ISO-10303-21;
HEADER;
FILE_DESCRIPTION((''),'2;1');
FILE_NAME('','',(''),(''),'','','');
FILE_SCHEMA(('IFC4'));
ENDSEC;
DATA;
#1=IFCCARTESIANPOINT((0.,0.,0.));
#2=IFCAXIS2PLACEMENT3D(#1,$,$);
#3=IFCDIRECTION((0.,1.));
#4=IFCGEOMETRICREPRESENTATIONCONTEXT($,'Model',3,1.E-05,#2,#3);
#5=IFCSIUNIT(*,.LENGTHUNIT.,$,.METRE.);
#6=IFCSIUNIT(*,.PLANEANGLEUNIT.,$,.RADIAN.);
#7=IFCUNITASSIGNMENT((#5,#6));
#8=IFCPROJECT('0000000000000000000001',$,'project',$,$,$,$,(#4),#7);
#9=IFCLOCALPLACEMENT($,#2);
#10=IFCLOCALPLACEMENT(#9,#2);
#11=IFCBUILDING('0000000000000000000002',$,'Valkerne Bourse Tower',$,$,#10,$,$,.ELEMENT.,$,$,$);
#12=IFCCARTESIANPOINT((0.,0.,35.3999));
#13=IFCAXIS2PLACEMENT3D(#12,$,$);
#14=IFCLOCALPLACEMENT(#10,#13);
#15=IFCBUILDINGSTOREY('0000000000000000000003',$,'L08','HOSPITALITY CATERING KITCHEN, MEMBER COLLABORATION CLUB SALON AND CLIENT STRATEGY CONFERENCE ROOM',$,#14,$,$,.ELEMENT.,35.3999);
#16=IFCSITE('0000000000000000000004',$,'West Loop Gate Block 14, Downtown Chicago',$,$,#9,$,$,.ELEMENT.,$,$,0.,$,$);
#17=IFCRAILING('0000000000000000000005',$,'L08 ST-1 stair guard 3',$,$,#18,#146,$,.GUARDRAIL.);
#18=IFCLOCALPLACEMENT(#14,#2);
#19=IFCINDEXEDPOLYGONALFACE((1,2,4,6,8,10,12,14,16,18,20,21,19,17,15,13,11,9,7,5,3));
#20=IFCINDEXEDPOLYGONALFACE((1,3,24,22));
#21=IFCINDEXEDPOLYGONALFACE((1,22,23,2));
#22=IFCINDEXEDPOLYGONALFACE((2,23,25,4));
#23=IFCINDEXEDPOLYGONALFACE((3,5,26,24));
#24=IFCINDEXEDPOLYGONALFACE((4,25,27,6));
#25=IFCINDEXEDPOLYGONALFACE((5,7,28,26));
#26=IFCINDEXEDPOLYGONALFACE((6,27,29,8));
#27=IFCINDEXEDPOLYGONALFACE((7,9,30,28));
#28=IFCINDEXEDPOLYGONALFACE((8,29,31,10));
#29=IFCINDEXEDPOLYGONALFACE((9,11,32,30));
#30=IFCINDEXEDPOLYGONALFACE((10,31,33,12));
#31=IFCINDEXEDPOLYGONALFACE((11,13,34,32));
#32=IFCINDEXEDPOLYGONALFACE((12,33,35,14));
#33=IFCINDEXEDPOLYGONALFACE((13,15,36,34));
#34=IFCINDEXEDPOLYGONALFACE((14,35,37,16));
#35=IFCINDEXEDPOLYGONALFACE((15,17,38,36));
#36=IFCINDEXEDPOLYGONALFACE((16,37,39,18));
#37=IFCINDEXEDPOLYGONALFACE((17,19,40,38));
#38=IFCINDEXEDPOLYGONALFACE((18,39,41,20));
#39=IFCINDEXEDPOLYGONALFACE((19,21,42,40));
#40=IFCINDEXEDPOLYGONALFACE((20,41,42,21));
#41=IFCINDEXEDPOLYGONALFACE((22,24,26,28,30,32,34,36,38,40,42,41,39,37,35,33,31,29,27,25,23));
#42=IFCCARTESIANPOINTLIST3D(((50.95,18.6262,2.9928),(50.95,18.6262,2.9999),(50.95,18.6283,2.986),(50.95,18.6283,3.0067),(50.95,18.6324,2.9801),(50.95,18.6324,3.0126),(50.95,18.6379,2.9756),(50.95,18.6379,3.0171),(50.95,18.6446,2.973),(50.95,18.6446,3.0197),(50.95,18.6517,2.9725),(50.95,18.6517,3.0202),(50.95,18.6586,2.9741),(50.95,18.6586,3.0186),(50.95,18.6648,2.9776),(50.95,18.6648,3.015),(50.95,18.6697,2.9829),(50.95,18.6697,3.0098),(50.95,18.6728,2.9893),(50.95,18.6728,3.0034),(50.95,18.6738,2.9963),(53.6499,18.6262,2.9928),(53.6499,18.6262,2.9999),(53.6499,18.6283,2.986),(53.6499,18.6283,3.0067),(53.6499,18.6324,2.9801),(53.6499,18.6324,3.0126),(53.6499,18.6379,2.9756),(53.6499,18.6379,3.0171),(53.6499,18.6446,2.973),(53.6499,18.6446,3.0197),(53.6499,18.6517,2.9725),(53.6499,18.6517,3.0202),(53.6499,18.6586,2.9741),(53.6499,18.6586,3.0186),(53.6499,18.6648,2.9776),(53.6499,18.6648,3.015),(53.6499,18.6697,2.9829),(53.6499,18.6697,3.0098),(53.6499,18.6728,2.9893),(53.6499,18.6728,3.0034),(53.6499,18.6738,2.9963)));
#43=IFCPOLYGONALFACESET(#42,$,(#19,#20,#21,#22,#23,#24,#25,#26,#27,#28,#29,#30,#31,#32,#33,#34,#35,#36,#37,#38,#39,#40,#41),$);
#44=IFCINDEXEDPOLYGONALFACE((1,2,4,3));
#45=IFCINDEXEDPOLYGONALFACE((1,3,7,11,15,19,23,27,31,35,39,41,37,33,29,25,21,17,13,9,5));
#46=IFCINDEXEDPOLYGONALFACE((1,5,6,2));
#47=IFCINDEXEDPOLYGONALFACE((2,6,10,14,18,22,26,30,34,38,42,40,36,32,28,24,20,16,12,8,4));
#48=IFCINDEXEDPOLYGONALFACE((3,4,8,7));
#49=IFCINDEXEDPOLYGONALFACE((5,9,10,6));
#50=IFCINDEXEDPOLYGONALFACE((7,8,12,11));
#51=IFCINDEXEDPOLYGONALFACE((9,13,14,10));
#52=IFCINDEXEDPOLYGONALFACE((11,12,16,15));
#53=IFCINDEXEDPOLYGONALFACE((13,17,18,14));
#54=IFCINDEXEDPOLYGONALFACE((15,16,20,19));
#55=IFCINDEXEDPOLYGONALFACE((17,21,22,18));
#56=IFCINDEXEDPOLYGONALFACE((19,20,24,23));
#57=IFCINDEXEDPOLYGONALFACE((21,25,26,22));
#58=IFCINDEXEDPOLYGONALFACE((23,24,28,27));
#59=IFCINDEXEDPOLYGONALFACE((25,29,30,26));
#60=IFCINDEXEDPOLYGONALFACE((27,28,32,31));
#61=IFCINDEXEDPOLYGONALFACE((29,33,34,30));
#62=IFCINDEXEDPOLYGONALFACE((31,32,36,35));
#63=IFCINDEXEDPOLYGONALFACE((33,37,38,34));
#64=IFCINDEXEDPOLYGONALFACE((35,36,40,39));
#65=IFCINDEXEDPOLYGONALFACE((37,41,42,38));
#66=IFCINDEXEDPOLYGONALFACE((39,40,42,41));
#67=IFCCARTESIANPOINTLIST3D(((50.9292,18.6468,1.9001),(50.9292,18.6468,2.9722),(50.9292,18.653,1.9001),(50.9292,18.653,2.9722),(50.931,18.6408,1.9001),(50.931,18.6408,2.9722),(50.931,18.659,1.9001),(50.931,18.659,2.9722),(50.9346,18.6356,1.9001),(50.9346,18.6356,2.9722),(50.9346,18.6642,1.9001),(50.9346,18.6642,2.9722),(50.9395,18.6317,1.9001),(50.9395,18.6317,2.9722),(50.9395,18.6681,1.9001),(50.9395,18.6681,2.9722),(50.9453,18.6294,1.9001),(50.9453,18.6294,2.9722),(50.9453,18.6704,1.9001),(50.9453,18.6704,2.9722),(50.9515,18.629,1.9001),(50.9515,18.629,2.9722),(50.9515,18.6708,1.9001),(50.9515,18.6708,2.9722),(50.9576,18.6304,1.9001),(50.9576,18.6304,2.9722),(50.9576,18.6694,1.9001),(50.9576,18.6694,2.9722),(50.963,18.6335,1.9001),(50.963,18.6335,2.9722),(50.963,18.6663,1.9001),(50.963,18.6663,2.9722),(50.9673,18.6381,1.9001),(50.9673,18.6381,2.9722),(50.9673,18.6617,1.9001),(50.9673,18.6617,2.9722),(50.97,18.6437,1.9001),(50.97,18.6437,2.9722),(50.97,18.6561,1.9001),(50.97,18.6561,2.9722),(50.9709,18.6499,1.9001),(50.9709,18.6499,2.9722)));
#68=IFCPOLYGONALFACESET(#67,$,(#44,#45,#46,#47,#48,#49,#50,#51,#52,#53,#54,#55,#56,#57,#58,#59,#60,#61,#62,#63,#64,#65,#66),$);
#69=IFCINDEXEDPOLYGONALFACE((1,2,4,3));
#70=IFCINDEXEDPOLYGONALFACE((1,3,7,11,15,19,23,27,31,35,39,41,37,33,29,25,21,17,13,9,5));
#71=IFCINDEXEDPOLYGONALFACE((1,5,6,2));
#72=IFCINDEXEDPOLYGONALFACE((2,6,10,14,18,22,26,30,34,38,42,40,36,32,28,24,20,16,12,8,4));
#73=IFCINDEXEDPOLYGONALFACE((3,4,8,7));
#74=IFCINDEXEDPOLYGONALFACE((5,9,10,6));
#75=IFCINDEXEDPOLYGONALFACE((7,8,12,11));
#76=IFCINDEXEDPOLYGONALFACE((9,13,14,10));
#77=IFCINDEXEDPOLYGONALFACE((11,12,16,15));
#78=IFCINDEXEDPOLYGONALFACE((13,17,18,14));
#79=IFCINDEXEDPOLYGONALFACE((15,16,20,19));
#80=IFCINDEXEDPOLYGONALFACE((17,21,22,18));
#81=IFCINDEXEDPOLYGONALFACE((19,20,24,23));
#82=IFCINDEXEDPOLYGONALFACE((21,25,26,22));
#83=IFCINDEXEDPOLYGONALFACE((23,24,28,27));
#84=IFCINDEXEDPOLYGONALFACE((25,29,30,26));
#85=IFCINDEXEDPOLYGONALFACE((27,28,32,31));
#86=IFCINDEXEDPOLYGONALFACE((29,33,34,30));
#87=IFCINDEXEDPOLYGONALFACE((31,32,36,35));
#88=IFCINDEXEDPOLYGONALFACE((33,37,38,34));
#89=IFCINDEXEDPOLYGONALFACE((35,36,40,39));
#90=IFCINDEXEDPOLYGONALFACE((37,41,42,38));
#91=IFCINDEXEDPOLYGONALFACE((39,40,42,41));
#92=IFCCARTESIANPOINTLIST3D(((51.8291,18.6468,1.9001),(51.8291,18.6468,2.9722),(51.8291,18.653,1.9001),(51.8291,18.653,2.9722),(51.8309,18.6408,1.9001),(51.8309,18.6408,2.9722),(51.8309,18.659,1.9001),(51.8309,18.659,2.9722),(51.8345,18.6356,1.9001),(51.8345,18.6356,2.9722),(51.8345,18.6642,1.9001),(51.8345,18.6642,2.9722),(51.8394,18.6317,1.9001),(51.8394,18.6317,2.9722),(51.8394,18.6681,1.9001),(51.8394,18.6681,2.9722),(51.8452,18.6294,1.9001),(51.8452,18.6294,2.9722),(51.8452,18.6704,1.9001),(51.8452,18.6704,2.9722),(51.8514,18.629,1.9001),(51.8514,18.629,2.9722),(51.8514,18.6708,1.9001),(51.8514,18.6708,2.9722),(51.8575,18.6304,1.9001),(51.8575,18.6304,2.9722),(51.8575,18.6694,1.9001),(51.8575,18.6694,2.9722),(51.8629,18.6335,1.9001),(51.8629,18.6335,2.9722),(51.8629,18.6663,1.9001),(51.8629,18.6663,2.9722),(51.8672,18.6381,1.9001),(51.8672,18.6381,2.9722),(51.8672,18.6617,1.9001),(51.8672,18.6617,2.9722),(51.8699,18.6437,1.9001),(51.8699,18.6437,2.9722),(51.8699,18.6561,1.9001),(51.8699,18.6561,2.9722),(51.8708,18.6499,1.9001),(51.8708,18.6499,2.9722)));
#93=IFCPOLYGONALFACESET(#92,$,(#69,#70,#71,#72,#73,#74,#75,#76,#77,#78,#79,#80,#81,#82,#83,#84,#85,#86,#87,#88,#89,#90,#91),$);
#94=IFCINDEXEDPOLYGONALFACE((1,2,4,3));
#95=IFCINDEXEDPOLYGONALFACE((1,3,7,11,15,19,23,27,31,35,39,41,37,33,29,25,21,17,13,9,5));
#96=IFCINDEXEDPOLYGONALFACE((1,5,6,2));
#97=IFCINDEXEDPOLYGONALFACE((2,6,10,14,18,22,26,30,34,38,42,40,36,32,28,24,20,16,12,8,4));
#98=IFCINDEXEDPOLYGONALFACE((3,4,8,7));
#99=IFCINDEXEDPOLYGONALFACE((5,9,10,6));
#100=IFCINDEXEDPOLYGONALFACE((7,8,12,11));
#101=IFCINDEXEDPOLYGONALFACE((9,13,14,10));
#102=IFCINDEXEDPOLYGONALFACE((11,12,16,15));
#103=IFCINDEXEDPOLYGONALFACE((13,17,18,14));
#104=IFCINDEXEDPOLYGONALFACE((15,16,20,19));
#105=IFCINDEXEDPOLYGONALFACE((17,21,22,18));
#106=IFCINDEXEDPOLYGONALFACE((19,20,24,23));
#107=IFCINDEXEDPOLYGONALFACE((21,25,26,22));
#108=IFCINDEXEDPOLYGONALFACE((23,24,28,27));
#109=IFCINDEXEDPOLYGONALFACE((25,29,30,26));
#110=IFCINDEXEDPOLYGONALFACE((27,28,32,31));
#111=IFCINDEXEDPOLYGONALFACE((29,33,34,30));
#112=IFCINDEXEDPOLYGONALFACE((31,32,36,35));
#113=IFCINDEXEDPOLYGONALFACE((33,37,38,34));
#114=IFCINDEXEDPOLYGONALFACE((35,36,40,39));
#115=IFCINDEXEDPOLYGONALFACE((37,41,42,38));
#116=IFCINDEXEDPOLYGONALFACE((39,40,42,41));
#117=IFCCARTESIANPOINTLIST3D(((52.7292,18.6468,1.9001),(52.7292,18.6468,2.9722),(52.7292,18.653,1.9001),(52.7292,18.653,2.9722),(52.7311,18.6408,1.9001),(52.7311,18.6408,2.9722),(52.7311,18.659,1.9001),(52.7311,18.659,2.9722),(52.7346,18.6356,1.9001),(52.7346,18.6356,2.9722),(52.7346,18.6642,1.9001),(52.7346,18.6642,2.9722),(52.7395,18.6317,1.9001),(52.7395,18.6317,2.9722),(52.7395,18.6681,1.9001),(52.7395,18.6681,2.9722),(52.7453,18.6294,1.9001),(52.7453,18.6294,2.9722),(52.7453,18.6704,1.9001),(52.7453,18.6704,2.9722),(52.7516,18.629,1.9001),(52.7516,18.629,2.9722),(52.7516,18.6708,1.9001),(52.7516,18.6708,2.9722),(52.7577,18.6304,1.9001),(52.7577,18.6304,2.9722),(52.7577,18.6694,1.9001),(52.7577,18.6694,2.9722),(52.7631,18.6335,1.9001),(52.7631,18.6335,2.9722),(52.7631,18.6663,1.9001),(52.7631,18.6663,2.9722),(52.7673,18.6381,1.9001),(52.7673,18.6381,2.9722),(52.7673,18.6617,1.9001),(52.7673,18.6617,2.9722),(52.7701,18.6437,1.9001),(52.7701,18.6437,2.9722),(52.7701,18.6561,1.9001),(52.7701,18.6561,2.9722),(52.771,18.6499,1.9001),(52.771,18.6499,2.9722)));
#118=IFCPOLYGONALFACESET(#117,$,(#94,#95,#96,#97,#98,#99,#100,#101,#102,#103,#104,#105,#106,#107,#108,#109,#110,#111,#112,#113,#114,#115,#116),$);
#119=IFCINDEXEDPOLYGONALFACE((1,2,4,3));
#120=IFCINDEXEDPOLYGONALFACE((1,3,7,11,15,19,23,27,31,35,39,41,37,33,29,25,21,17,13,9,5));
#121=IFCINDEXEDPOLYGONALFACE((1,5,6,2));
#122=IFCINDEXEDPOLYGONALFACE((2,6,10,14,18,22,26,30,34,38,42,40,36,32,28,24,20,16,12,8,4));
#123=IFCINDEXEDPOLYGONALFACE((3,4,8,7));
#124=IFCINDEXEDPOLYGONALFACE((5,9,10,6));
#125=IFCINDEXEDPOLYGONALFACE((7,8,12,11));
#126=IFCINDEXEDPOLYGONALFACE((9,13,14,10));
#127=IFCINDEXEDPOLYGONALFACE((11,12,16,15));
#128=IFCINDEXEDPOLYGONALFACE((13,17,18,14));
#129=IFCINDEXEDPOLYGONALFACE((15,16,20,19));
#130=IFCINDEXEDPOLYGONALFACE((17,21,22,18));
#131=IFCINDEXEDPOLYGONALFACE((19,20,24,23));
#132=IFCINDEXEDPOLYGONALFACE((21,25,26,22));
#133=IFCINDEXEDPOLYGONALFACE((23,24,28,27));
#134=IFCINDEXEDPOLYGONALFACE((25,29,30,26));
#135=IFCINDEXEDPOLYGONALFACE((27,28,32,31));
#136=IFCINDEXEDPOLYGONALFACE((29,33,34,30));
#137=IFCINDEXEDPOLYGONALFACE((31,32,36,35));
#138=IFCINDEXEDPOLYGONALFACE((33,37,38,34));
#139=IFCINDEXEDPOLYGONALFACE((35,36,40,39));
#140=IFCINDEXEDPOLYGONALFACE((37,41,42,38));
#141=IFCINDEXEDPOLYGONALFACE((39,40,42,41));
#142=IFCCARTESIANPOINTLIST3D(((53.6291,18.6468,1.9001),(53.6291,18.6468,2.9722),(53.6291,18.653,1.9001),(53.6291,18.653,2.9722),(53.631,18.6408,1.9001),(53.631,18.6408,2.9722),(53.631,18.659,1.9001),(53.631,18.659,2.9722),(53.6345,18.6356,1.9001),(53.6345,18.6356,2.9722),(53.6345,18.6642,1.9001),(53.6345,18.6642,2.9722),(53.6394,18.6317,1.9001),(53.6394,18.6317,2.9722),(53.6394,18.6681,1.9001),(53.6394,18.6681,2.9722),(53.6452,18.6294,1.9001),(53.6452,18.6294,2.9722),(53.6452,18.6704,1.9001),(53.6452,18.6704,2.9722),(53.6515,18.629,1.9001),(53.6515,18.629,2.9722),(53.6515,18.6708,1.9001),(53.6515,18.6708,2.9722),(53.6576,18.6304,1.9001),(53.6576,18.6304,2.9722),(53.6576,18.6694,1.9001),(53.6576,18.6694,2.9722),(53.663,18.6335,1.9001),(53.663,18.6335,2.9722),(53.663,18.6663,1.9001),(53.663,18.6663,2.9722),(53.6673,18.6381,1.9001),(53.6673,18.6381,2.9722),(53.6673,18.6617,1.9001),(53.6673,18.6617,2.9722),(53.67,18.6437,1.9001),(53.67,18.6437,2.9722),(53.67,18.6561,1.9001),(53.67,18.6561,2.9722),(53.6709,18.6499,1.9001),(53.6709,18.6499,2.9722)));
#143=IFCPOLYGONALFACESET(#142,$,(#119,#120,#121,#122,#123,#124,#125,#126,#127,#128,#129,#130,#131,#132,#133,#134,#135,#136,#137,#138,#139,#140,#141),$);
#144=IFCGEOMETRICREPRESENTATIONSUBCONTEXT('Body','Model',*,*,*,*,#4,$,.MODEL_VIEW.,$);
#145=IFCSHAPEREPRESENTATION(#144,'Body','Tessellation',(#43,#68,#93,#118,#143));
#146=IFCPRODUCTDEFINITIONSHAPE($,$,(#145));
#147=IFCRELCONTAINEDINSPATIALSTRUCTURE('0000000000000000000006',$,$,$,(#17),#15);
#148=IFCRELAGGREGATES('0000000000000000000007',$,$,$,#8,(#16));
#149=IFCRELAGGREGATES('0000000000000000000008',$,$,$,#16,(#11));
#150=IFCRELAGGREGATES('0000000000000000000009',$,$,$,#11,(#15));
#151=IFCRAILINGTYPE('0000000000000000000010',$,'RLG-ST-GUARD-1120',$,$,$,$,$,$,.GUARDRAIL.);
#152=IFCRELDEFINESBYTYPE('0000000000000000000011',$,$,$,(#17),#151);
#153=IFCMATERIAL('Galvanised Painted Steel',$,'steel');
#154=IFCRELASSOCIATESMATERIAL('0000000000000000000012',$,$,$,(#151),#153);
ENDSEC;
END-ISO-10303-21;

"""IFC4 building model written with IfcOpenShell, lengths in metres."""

from ifc_helpers import new_model, si_unit, direction, frame, origin, origin_2d, place, context, subcontext, project, spatial, circle, extrude, material, type_object, element, save


model = new_model("IFC4")

# Units and contexts
model_context = context("Model", 3, precision=1e-05, world=origin(), true_north=direction((0.0, 1.0)))
body_context = subcontext(model_context, "Body", "Model", "MODEL_VIEW")
ifc_project = project(units=[si_unit("LENGTHUNIT", "METRE"), si_unit("PLANEANGLEUNIT", "RADIAN")], contexts=[model_context])

# Site, building, storey
site_placement = place(None, origin())
site = spatial("IfcSite", under=ifc_project, at=site_placement, Name="West Loop Gate Block 14, Downtown Chicago", CompositionType="ELEMENT", RefElevation=0.0)
building_placement = place(site_placement, origin())
building = spatial("IfcBuilding", under=site, at=building_placement, Name="Valkerne Bourse Tower", CompositionType="ELEMENT")
storey_placement = place(building_placement, frame((0.0, 0.0, 35.3999)))
storey = spatial("IfcBuildingStorey", under=building, at=storey_placement, Name="L08", Description="HOSPITALITY CATERING KITCHEN, MEMBER COLLABORATION CLUB SALON AND CLIENT STRATEGY CONFERENCE ROOM", CompositionType="ELEMENT", Elevation=35.3999)

# Shared definitions
ifc_material_1 = material(Name="Galvanised Painted Steel", Category="steel")

# Railing
railing_type_1 = type_object("IfcRailingType", Name="RLG-ST-GUARD-1120", PredefinedType="GUARDRAIL", material=ifc_material_1)
for number, where, name in (
    (1, (50.95, 18.6499, 1.9001), "L08 ST-1 stair guard 3"),
):
    element("IfcRailing", number, at=place(storey_placement, frame(where)), inside=storey, type_object=railing_type_1, Name=name, PredefinedType="GUARDRAIL", context=body_context, shape_type="SweptSolid", body=[
        extrude(circle(Radius=0.0239, at=origin_2d()), frame((0.0, 0.0, 1.0962), z_axis=(1.0, 0.0, 0.0), x_axis=(0.0, 1.0, 0.0)), (0.0, 0.0, 1.0), 2.7),
        extrude(circle(Radius=0.021, at=origin_2d()), origin(), (0.0, 0.0, 1.0), 1.072),
        extrude(circle(Radius=0.021, at=origin_2d()), frame((0.8999, 0.0, 0.0)), (0.0, 0.0, 1.0), 1.072),
        extrude(circle(Radius=0.021, at=origin_2d()), frame((1.8, 0.0, 0.0)), (0.0, 0.0, 1.0), 1.072),
        extrude(circle(Radius=0.021, at=origin_2d()), frame((2.7, 0.0, 0.0)), (0.0, 0.0, 1.0), 1.072),
    ])

save(model, "model.ifc")
